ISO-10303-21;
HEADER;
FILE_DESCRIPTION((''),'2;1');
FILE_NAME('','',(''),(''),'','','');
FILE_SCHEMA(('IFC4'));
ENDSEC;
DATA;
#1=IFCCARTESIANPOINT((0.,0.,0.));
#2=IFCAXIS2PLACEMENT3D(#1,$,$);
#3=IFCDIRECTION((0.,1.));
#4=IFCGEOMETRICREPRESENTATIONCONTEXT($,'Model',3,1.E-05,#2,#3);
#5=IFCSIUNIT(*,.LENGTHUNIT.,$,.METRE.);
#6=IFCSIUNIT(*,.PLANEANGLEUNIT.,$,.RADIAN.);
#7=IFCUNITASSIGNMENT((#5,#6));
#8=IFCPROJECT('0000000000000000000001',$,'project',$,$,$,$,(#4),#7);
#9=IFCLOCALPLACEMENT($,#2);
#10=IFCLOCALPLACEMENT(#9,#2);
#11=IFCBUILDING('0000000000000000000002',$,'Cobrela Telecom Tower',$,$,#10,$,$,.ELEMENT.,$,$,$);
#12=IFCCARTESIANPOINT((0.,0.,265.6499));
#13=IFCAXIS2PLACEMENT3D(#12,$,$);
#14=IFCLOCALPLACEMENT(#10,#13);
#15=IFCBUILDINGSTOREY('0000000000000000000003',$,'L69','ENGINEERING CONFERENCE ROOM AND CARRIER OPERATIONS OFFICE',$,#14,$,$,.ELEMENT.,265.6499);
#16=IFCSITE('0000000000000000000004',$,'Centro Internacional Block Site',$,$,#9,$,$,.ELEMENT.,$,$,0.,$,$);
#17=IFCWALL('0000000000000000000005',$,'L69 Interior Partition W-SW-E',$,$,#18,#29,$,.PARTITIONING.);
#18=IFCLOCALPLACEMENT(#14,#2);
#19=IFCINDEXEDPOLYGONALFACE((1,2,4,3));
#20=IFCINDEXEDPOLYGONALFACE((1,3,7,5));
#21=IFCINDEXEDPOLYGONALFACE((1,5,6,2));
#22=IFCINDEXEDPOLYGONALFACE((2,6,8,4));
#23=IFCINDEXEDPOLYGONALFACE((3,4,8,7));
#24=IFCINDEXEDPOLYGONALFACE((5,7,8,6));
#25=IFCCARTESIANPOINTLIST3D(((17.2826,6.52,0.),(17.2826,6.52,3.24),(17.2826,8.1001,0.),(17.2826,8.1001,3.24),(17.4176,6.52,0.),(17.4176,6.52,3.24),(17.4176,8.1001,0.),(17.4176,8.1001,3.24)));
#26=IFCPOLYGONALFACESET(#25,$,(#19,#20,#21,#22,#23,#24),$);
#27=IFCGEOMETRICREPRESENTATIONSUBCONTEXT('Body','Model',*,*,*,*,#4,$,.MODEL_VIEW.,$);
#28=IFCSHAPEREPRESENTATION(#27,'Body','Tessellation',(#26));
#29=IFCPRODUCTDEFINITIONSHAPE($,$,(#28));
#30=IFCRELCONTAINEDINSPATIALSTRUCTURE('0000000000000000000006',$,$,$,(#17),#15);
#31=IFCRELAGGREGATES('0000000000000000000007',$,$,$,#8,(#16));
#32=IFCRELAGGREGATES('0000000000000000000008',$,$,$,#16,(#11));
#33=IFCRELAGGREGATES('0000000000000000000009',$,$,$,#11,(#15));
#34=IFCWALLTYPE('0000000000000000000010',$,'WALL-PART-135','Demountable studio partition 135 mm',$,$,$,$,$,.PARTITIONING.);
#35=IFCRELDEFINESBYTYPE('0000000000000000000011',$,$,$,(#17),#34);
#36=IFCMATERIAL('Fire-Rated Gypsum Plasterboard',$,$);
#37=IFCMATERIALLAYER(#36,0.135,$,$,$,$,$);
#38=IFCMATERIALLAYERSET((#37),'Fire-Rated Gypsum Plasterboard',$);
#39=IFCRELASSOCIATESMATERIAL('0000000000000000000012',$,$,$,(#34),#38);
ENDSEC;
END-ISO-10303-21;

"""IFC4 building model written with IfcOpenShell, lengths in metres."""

from ifc_helpers import new_model, si_unit, direction, frame, frame_2d, origin, place, context, subcontext, project, spatial, rectangle, extrude, material, layer, layer_set, type_object, element, save


model = new_model("IFC4")

# Units and contexts
model_context = context("Model", 3, precision=1e-05, world=origin(), true_north=direction((0.0, 1.0)))
body_context = subcontext(model_context, "Body", "Model", "MODEL_VIEW")
ifc_project = project(units=[si_unit("LENGTHUNIT", "METRE"), si_unit("PLANEANGLEUNIT", "RADIAN")], contexts=[model_context])

# Site, building, storey
site_placement = place(None, origin())
site = spatial("IfcSite", under=ifc_project, at=site_placement, Name="Centro Internacional Block Site", CompositionType="ELEMENT", RefElevation=0.0)
building_placement = place(site_placement, origin())
building = spatial("IfcBuilding", under=site, at=building_placement, Name="Cobrela Telecom Tower", CompositionType="ELEMENT")
storey_placement = place(building_placement, frame((0.0, 0.0, 265.6499)))
storey = spatial("IfcBuildingStorey", under=building, at=storey_placement, Name="L69", Description="ENGINEERING CONFERENCE ROOM AND CARRIER OPERATIONS OFFICE", CompositionType="ELEMENT", Elevation=265.6499)

# Shared definitions
ifc_material_1 = material(Name="Fire-Rated Gypsum Plasterboard")

# Wall
ifc_layer_1 = layer(ifc_material_1, 0.135)
ifc_layer_set_1 = layer_set([ifc_layer_1], Name="Fire-Rated Gypsum Plasterboard")
wall_type_1 = type_object("IfcWallType", Name="WALL-PART-135", Description="Demountable studio partition 135 mm", PredefinedType="PARTITIONING", material=ifc_layer_set_1)
wall_1_placement = place(storey_placement, frame((17.3501, 6.52, 0.0), z_axis=(0.0, 0.0, 1.0), x_axis=(0.0, 1.0, 0.0)))
element("IfcWall", 1, at=wall_1_placement, inside=storey, type_object=wall_type_1, Name="L69 Interior Partition W-SW-E", PredefinedType="PARTITIONING", context=body_context, shape_type="SweptSolid", body=[
    extrude(rectangle(XDim=1.5801, YDim=0.135, at=frame_2d((0.79, 0.0))), origin(), (0.0, 0.0, 1.0), 3.24),
])

save(model, "model.ifc")
